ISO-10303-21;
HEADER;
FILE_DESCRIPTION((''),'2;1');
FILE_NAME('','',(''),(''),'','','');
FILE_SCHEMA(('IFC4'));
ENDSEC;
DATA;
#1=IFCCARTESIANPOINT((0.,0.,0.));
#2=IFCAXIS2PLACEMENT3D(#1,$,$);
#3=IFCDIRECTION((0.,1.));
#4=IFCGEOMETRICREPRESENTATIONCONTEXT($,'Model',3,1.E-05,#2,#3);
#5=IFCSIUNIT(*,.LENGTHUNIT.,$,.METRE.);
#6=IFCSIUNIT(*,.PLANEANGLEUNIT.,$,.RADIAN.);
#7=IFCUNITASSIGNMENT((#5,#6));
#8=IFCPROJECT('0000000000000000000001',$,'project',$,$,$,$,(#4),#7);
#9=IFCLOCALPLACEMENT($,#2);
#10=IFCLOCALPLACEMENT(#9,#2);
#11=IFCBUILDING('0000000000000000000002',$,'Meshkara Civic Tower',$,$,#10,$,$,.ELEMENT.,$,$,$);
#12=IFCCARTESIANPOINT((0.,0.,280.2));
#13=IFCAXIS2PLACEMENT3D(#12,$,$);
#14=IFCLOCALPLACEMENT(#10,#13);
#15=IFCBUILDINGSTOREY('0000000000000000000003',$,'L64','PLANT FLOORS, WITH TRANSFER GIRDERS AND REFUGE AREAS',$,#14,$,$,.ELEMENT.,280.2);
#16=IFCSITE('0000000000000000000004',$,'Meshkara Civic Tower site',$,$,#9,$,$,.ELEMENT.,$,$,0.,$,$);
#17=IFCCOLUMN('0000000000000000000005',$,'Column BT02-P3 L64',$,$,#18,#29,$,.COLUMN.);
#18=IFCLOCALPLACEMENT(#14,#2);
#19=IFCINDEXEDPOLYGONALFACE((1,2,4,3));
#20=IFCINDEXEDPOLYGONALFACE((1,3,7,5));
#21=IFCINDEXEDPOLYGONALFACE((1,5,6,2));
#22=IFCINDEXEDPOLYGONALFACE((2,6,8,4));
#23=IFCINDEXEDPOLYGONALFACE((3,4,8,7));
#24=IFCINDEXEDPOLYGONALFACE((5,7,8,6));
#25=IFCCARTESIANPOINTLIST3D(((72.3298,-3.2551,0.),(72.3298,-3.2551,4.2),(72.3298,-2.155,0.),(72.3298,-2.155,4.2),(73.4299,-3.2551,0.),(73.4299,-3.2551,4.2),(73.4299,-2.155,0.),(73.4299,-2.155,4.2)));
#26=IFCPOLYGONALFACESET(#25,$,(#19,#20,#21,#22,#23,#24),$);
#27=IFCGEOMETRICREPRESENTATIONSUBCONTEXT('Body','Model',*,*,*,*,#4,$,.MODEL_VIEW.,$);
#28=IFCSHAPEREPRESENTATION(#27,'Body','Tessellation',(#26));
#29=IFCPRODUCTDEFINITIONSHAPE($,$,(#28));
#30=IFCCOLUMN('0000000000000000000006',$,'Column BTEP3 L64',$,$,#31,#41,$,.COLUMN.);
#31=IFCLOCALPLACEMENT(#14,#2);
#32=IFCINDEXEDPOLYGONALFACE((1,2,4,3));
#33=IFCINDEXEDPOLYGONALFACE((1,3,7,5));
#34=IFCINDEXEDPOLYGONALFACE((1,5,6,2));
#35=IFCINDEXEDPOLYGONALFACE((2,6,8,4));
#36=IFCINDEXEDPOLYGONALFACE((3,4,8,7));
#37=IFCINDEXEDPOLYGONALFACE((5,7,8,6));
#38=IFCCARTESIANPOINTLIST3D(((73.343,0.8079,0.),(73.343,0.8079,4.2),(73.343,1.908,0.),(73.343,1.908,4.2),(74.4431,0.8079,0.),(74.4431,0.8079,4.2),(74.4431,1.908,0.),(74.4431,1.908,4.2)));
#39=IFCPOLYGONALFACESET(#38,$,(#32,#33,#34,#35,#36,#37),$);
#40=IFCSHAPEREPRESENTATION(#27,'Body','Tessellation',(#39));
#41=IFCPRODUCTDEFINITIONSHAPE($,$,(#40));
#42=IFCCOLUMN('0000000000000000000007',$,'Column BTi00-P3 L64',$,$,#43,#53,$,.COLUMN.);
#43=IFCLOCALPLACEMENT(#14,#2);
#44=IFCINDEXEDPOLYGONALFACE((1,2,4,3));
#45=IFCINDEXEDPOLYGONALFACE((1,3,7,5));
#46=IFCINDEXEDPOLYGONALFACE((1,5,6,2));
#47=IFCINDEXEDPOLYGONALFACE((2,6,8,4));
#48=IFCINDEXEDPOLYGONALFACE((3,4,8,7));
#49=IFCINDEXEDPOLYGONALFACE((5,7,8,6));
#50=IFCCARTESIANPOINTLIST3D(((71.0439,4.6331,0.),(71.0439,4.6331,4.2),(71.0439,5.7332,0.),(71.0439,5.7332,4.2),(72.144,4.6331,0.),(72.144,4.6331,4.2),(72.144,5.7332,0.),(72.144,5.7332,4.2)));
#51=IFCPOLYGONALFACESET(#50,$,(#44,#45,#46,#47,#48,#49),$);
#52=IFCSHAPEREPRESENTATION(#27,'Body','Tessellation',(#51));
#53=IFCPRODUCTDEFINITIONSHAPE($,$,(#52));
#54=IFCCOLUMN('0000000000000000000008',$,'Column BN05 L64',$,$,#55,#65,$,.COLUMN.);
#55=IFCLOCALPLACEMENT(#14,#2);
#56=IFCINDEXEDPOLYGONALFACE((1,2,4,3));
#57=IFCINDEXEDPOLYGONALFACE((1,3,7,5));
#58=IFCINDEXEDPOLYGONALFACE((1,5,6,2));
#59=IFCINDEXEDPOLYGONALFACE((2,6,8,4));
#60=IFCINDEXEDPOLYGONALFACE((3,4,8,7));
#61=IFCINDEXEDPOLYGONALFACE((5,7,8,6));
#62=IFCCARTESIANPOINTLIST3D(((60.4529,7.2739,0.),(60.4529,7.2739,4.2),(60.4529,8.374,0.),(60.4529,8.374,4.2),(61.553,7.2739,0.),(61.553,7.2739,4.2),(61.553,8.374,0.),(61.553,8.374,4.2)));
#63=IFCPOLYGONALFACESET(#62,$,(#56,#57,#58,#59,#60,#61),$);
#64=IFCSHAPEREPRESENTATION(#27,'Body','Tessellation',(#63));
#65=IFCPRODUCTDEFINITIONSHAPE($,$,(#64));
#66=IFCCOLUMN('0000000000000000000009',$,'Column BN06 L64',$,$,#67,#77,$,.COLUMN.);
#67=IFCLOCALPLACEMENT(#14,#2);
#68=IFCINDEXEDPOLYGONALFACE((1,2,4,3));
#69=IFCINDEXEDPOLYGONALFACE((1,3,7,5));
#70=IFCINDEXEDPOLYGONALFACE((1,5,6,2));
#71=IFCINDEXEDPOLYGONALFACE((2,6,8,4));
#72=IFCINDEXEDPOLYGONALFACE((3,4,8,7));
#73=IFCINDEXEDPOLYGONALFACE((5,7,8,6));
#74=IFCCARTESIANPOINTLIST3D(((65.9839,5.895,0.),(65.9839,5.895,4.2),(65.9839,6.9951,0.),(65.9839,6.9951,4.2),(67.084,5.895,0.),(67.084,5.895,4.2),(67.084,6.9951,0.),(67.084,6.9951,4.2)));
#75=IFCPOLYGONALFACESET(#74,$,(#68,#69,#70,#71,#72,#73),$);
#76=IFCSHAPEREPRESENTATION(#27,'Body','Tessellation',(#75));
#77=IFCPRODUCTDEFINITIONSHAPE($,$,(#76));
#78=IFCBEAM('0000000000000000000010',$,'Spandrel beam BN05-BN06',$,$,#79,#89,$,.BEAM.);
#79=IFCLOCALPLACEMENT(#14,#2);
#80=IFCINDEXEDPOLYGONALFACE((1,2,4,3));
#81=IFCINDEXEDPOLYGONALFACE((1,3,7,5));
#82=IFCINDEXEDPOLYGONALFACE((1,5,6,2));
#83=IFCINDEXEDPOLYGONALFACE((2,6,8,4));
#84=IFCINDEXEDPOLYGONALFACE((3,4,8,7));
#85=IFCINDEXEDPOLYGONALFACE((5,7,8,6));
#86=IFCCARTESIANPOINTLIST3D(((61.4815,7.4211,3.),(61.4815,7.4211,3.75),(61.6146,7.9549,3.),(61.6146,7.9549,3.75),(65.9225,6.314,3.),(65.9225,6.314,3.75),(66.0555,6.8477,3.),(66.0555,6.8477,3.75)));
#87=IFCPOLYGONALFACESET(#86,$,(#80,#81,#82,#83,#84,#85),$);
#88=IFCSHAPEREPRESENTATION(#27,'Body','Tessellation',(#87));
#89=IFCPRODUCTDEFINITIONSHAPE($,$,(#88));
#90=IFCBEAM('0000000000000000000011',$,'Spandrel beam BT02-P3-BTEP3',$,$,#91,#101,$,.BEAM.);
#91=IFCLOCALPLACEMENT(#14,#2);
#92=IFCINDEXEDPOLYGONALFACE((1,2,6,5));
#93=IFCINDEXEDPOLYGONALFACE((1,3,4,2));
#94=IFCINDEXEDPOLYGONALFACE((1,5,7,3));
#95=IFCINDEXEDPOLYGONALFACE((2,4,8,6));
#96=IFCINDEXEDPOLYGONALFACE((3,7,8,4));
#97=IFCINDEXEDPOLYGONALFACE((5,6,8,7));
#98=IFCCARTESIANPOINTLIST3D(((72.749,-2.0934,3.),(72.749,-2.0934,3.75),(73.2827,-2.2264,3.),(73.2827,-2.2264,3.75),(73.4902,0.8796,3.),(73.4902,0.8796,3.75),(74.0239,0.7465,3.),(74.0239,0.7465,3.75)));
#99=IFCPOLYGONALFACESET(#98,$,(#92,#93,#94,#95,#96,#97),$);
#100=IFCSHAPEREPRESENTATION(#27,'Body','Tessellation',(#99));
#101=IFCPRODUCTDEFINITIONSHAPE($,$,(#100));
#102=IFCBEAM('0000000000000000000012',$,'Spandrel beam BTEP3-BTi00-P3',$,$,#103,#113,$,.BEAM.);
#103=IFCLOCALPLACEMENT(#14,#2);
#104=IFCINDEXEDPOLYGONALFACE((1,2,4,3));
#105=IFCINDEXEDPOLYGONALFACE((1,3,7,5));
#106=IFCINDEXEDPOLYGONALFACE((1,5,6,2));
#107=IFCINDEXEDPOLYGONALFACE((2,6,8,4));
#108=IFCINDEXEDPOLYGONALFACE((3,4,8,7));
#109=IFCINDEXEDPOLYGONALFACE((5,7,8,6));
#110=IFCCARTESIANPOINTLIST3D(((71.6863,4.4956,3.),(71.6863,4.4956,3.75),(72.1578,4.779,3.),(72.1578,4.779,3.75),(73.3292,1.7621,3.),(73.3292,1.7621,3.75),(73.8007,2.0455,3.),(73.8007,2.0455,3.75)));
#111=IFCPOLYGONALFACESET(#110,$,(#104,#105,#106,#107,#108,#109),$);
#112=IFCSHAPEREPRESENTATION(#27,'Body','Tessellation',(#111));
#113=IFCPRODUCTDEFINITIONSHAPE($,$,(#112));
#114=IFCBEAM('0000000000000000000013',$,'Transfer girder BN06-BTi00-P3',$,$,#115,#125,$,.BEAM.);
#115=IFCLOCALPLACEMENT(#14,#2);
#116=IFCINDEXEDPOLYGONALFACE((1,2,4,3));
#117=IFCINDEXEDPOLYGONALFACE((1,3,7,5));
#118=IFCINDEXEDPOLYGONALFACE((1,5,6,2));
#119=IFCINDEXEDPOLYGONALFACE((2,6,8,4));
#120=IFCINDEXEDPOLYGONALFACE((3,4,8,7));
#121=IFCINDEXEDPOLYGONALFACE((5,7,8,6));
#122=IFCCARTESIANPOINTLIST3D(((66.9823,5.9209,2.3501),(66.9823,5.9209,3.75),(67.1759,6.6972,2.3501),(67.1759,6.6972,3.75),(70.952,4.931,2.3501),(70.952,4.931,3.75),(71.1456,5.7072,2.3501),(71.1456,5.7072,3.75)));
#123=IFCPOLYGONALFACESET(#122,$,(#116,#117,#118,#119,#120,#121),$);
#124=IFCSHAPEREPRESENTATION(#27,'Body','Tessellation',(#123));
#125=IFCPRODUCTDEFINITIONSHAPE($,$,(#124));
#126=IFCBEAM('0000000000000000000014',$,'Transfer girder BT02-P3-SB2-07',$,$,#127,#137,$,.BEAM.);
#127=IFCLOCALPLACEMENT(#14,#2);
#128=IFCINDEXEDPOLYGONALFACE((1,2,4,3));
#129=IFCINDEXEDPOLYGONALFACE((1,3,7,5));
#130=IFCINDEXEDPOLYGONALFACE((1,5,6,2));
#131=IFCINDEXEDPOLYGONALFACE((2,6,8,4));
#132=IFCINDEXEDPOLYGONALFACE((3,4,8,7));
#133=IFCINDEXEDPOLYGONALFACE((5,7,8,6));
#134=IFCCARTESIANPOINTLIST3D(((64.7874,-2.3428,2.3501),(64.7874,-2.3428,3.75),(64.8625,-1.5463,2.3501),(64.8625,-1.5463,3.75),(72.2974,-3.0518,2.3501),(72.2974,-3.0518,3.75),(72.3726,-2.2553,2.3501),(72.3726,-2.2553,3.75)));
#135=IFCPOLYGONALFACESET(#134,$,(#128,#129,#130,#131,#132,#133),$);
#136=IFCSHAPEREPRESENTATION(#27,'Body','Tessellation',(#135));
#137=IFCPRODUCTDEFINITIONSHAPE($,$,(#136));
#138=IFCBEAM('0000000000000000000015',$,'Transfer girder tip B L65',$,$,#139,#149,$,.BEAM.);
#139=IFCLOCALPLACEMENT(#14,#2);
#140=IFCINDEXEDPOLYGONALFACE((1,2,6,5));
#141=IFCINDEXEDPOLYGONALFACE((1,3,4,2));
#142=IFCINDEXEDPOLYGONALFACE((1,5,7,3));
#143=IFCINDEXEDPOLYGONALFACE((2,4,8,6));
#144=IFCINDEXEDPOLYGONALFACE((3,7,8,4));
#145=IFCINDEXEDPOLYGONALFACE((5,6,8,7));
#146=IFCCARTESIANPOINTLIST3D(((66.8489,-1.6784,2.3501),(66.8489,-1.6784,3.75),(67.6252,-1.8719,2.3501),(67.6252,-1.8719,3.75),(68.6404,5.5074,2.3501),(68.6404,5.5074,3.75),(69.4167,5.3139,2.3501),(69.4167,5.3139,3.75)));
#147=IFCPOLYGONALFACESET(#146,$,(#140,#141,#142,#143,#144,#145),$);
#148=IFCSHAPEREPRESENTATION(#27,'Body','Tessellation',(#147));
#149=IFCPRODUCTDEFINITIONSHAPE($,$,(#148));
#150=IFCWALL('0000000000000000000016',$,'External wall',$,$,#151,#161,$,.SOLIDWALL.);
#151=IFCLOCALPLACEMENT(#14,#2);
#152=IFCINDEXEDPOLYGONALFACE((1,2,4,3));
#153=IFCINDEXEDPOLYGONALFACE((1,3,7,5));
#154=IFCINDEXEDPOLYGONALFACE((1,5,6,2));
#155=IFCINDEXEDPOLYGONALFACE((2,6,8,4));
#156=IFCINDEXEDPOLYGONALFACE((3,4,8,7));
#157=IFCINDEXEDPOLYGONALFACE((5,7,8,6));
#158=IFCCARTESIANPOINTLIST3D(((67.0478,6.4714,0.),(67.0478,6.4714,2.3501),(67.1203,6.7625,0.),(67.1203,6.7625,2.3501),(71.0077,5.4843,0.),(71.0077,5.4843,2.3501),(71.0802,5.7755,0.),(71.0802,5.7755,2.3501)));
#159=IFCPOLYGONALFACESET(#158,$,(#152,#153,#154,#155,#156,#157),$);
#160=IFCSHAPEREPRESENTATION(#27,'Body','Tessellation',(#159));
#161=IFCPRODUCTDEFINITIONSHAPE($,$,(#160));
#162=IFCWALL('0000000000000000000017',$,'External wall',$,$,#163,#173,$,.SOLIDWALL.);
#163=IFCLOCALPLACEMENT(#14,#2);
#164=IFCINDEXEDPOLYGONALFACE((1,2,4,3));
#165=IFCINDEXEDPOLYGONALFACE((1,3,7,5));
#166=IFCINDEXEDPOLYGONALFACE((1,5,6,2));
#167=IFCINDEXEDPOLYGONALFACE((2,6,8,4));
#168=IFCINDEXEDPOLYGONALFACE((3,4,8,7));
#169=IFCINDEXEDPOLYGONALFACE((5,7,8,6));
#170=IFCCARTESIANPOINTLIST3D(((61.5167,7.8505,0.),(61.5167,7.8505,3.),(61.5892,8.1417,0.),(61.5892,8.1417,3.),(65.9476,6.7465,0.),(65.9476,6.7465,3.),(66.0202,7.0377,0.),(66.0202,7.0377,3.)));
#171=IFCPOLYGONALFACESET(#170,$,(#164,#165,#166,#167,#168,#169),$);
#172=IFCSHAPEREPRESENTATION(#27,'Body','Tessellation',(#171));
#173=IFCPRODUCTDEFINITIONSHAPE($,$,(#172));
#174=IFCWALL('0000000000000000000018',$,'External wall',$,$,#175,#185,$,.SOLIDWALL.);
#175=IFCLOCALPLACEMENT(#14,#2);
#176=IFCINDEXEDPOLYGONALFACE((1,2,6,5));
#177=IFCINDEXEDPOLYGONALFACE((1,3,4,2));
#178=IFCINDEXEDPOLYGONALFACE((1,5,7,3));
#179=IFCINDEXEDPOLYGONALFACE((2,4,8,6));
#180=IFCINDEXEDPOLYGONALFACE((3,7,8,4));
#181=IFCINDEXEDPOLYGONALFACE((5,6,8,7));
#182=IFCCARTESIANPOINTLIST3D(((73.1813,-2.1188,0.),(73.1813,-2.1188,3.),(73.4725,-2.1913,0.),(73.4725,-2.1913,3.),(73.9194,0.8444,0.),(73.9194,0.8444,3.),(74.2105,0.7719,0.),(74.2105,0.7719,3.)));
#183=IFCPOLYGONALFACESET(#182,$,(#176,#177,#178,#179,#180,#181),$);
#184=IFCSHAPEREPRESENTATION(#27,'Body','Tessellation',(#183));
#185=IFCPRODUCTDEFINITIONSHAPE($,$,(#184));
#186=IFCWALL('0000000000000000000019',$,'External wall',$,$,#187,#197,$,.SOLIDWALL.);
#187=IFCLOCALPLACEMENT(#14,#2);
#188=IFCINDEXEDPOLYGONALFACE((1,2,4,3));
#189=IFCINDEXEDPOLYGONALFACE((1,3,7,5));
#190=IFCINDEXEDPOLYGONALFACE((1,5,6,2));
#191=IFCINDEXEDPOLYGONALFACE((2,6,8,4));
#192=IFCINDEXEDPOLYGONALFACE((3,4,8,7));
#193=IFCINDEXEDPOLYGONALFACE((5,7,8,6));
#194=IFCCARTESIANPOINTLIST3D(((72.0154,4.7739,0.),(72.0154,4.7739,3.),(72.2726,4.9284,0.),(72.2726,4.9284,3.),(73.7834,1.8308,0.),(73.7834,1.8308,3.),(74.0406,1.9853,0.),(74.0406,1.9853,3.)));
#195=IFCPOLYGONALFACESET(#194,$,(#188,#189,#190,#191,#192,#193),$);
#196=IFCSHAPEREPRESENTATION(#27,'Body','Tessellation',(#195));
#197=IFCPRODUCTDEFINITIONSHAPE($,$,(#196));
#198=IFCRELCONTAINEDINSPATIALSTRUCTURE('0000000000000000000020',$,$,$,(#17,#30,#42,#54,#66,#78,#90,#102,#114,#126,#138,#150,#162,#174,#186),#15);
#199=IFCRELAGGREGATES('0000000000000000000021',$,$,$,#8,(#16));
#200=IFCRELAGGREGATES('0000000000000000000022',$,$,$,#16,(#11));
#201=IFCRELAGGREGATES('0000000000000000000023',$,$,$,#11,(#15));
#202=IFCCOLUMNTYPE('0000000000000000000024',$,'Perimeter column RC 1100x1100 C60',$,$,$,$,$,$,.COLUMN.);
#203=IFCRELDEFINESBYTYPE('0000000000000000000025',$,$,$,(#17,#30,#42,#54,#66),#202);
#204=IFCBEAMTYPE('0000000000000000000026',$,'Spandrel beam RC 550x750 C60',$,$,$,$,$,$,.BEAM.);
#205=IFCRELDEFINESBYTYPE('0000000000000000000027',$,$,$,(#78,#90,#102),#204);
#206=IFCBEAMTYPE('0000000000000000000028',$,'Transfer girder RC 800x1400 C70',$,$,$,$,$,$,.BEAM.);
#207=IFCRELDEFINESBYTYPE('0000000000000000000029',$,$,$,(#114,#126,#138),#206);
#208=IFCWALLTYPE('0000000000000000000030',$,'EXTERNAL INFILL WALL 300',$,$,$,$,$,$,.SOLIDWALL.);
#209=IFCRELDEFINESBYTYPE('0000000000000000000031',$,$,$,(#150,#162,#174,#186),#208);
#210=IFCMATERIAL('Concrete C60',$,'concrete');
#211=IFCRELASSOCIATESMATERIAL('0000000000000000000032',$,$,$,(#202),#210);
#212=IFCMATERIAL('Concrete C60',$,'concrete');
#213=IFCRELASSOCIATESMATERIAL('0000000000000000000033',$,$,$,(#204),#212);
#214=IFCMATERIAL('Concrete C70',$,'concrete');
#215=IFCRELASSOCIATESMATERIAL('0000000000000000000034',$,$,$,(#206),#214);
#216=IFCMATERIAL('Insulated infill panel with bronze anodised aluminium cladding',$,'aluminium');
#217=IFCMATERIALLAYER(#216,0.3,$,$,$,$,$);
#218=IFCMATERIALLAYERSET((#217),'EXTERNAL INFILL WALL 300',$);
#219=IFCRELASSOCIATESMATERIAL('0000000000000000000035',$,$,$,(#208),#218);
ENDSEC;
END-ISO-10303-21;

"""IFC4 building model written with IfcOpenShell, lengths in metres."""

from ifc_helpers import new_model, si_unit, direction, frame, frame_2d, origin, origin_2d, place, context, subcontext, project, spatial, rectangle, extrude, material, layer, layer_set, material_profile, profile_set, type_object, element, save


model = new_model("IFC4")

# Units and contexts
model_context = context("Model", 3, precision=1e-05, world=origin(), true_north=direction((0.0, 1.0)))
body_context = subcontext(model_context, "Body", "Model", "MODEL_VIEW")
ifc_project = project(units=[si_unit("LENGTHUNIT", "METRE"), si_unit("PLANEANGLEUNIT", "RADIAN")], contexts=[model_context])

# Site, building, storey
site_placement = place(None, origin())
site = spatial("IfcSite", under=ifc_project, at=site_placement, Name="Meshkara Civic Tower site", CompositionType="ELEMENT", RefElevation=0.0)
building_placement = place(site_placement, origin())
building = spatial("IfcBuilding", under=site, at=building_placement, Name="Meshkara Civic Tower", CompositionType="ELEMENT")
storey_placement = place(building_placement, frame((0.0, 0.0, 280.2)))
storey = spatial("IfcBuildingStorey", under=building, at=storey_placement, Name="L64", Description="PLANT FLOORS, WITH TRANSFER GIRDERS AND REFUGE AREAS", CompositionType="ELEMENT", Elevation=280.2)

# Columns
ifc_material_1 = material(Name="Concrete C60", Category="concrete")
ifc_material_profile_1 = material_profile(ifc_material_1, rectangle(XDim=1.1001, YDim=1.1001, at=origin_2d()))
ifc_profile_set_1 = profile_set([ifc_material_profile_1], Name="Concrete C60")
column_type = type_object("IfcColumnType", Name="Perimeter column RC 1100x1100 C60", PredefinedType="COLUMN", material=ifc_profile_set_1)
for number, where, z_axis, x_axis, name in (
    (1, (72.8799, -2.7051, 0.0), (0.0, 0.0, 1.0), (1.0, 0.0, 0.0), "Column BT02-P3 L64"),
    (2, (73.8931, 1.3579, 0.0), (0.0, 0.0, 1.0), (1.0, 0.0, 0.0), "Column BTEP3 L64"),
    (3, (71.594, 5.1831, 0.0), (0.0, 0.0, 1.0), (1.0, 0.0, 0.0), "Column BTi00-P3 L64"),
    (4, (61.0029, 7.824, 0.0), (0.0, 0.0, 1.0), (1.0, 0.0, 0.0), "Column BN05 L64"),
    (5, (66.5339, 6.4451, 0.0), (0.0, 0.0, 1.0), (1.0, 0.0, 0.0), "Column BN06 L64"),
):
    element("IfcColumn", number, at=place(storey_placement, frame(where, z_axis=z_axis, x_axis=x_axis)), inside=storey, type_object=column_type, Name=name, PredefinedType="COLUMN", context=body_context, shape_type="SweptSolid", body=[
        extrude(rectangle(XDim=1.1001, YDim=1.1001, at=origin_2d()), origin(), (0.0, 0.0, 1.0), 4.2),
    ])

# Beams
ifc_material_2 = material(Name="Concrete C60", Category="concrete")
ifc_material_profile_2 = material_profile(ifc_material_2, rectangle(XDim=0.55, YDim=0.75, at=origin_2d()))
ifc_profile_set_2 = profile_set([ifc_material_profile_2], Name="Concrete C60")
beam_type_1 = type_object("IfcBeamType", Name="Spandrel beam RC 550x750 C60", PredefinedType="BEAM", material=ifc_profile_set_2)
beam_1_placement = place(storey_placement, frame((65.989, 6.5808, 3.375), z_axis=(-0.970299, 0.241908, 0.0), x_axis=(-0.241908, -0.970299, 0.0)))
element("IfcBeam", 6, at=beam_1_placement, inside=storey, type_object=beam_type_1, Name="Spandrel beam BN05-BN06", PredefinedType="BEAM", context=body_context, shape_type="SweptSolid", body=[
    extrude(rectangle(XDim=0.55, YDim=0.75, at=origin_2d()), origin(), (0.0, 0.0, 1.0), 4.5769),
])
beam_2_placement = place(storey_placement, frame((73.0159, -2.1599, 3.375), z_axis=(0.241917, 0.970297, 0.0), x_axis=(-0.970297, 0.241917, 0.0)))
element("IfcBeam", 7, at=beam_2_placement, inside=storey, type_object=beam_type_1, Name="Spandrel beam BT02-P3-BTEP3", PredefinedType="BEAM", context=body_context, shape_type="SweptSolid", body=[
    extrude(rectangle(XDim=0.55, YDim=0.75, at=origin_2d()), origin(), (0.0, 0.0, 1.0), 3.064),
])
beam_3_placement = place(storey_placement, frame((73.5649, 1.9038, 3.375), z_axis=(-0.515137, 0.857108, 0.0), x_axis=(-0.857108, -0.515137, 0.0)))
element("IfcBeam", 8, at=beam_3_placement, inside=storey, type_object=beam_type_1, Name="Spandrel beam BTEP3-BTi00-P3", PredefinedType="BEAM", context=body_context, shape_type="SweptSolid", body=[
    extrude(rectangle(XDim=0.55, YDim=0.75, at=origin_2d()), origin(), (0.0, 0.0, 1.0), 3.1892),
])
ifc_material_3 = material(Name="Concrete C70", Category="concrete")
ifc_material_profile_3 = material_profile(ifc_material_3, rectangle(XDim=0.8, YDim=1.3999, at=origin_2d()))
ifc_profile_set_3 = profile_set([ifc_material_profile_3], Name="Concrete C70")
beam_type_2 = type_object("IfcBeamType", Name="Transfer girder RC 800x1400 C70", PredefinedType="BEAM", material=ifc_profile_set_3)
beam_4_placement = place(storey_placement, frame((67.0791, 6.3091, 3.05), z_axis=(0.970283, -0.241974, 0.0), x_axis=(0.241974, 0.970283, 0.0)))
element("IfcBeam", 9, at=beam_4_placement, inside=storey, type_object=beam_type_2, Name="Transfer girder BN06-BTi00-P3", PredefinedType="BEAM", context=body_context, shape_type="SweptSolid", body=[
    extrude(rectangle(XDim=0.8, YDim=1.3999, at=origin_2d()), origin(), (0.0, 0.0, 1.0), 4.0913),
])
beam_5_placement = place(storey_placement, frame((64.825, -1.9446, 3.05), z_axis=(0.995573, -0.093987, 0.0), x_axis=(0.093987, 0.995573, 0.0)))
element("IfcBeam", 10, at=beam_5_placement, inside=storey, type_object=beam_type_2, Name="Transfer girder BT02-P3-SB2-07", PredefinedType="BEAM", context=body_context, shape_type="SweptSolid", body=[
    extrude(rectangle(XDim=0.8, YDim=1.3999, at=origin_2d()), origin(), (0.0, 0.0, 1.0), 7.5435),
])
beam_6_placement = place(storey_placement, frame((67.2371, -1.7751, 3.05), z_axis=(0.241907, 0.970299, 0.0), x_axis=(-0.970299, 0.241907, 0.0)))
element("IfcBeam", 11, at=beam_6_placement, inside=storey, type_object=beam_type_2, Name="Transfer girder tip B L65", PredefinedType="BEAM", context=body_context, shape_type="SweptSolid", body=[
    extrude(rectangle(XDim=0.8, YDim=1.3999, at=origin_2d()), origin(), (0.0, 0.0, 1.0), 7.4058),
])

# Walls
ifc_material_4 = material(Name="Insulated infill panel with bronze anodised aluminium cladding", Category="aluminium")
ifc_layer_1 = layer(ifc_material_4, 0.3)
ifc_layer_set_1 = layer_set([ifc_layer_1], Name="EXTERNAL INFILL WALL 300")
wall_type_1 = type_object("IfcWallType", Name="EXTERNAL INFILL WALL 300", PredefinedType="SOLIDWALL", material=ifc_layer_set_1)
wall_1_placement = place(storey_placement, frame((71.0439, 5.6299, 0.0), z_axis=(0.0, 0.0, 1.0), x_axis=(-0.970311, 0.24186, 0.0)))
element("IfcWall", 12, at=wall_1_placement, inside=storey, type_object=wall_type_1, Name="External wall", PredefinedType="SOLIDWALL", context=body_context, shape_type="SweptSolid", body=[
    extrude(rectangle(XDim=4.0811, YDim=0.3, at=frame_2d((2.0405, 0.0))), origin(), (0.0, 0.0, 1.0), 2.3501),
])
wall_2_placement = place(storey_placement, frame((65.9839, 6.8921, 0.0), z_axis=(0.0, 0.0, 1.0), x_axis=(-0.970334, 0.241768, 0.0)))
element("IfcWall", 13, at=wall_2_placement, inside=storey, type_object=wall_type_1, Name="External wall", PredefinedType="SOLIDWALL", context=body_context, shape_type="SweptSolid", body=[
    extrude(rectangle(XDim=4.5664, YDim=0.3, at=frame_2d((2.2832, 0.0))), origin(), (0.0, 0.0, 1.0), 3.0),
])
wall_3_placement = place(storey_placement, frame((73.3269, -2.155, 0.0), z_axis=(0.0, 0.0, 1.0), x_axis=(0.241689, 0.970354, 0.0)))
element("IfcWall", 14, at=wall_3_placement, inside=storey, type_object=wall_type_1, Name="External wall", PredefinedType="SOLIDWALL", context=body_context, shape_type="SweptSolid", body=[
    extrude(rectangle(XDim=3.0537, YDim=0.3, at=frame_2d((1.5269, 0.0))), origin(), (0.0, 0.0, 1.0), 3.0),
])
wall_4_placement = place(storey_placement, frame((73.9121, 1.908, 0.0), z_axis=(0.0, 0.0, 1.0), x_axis=(-0.514966, 0.85721, 0.0)))
element("IfcWall", 15, at=wall_4_placement, inside=storey, type_object=wall_type_1, Name="External wall", PredefinedType="SOLIDWALL", context=body_context, shape_type="SweptSolid", body=[
    extrude(rectangle(XDim=3.4333, YDim=0.3, at=frame_2d((1.7168, 0.0))), origin(), (0.0, 0.0, 1.0), 3.0),
])

save(model, "model.ifc")
